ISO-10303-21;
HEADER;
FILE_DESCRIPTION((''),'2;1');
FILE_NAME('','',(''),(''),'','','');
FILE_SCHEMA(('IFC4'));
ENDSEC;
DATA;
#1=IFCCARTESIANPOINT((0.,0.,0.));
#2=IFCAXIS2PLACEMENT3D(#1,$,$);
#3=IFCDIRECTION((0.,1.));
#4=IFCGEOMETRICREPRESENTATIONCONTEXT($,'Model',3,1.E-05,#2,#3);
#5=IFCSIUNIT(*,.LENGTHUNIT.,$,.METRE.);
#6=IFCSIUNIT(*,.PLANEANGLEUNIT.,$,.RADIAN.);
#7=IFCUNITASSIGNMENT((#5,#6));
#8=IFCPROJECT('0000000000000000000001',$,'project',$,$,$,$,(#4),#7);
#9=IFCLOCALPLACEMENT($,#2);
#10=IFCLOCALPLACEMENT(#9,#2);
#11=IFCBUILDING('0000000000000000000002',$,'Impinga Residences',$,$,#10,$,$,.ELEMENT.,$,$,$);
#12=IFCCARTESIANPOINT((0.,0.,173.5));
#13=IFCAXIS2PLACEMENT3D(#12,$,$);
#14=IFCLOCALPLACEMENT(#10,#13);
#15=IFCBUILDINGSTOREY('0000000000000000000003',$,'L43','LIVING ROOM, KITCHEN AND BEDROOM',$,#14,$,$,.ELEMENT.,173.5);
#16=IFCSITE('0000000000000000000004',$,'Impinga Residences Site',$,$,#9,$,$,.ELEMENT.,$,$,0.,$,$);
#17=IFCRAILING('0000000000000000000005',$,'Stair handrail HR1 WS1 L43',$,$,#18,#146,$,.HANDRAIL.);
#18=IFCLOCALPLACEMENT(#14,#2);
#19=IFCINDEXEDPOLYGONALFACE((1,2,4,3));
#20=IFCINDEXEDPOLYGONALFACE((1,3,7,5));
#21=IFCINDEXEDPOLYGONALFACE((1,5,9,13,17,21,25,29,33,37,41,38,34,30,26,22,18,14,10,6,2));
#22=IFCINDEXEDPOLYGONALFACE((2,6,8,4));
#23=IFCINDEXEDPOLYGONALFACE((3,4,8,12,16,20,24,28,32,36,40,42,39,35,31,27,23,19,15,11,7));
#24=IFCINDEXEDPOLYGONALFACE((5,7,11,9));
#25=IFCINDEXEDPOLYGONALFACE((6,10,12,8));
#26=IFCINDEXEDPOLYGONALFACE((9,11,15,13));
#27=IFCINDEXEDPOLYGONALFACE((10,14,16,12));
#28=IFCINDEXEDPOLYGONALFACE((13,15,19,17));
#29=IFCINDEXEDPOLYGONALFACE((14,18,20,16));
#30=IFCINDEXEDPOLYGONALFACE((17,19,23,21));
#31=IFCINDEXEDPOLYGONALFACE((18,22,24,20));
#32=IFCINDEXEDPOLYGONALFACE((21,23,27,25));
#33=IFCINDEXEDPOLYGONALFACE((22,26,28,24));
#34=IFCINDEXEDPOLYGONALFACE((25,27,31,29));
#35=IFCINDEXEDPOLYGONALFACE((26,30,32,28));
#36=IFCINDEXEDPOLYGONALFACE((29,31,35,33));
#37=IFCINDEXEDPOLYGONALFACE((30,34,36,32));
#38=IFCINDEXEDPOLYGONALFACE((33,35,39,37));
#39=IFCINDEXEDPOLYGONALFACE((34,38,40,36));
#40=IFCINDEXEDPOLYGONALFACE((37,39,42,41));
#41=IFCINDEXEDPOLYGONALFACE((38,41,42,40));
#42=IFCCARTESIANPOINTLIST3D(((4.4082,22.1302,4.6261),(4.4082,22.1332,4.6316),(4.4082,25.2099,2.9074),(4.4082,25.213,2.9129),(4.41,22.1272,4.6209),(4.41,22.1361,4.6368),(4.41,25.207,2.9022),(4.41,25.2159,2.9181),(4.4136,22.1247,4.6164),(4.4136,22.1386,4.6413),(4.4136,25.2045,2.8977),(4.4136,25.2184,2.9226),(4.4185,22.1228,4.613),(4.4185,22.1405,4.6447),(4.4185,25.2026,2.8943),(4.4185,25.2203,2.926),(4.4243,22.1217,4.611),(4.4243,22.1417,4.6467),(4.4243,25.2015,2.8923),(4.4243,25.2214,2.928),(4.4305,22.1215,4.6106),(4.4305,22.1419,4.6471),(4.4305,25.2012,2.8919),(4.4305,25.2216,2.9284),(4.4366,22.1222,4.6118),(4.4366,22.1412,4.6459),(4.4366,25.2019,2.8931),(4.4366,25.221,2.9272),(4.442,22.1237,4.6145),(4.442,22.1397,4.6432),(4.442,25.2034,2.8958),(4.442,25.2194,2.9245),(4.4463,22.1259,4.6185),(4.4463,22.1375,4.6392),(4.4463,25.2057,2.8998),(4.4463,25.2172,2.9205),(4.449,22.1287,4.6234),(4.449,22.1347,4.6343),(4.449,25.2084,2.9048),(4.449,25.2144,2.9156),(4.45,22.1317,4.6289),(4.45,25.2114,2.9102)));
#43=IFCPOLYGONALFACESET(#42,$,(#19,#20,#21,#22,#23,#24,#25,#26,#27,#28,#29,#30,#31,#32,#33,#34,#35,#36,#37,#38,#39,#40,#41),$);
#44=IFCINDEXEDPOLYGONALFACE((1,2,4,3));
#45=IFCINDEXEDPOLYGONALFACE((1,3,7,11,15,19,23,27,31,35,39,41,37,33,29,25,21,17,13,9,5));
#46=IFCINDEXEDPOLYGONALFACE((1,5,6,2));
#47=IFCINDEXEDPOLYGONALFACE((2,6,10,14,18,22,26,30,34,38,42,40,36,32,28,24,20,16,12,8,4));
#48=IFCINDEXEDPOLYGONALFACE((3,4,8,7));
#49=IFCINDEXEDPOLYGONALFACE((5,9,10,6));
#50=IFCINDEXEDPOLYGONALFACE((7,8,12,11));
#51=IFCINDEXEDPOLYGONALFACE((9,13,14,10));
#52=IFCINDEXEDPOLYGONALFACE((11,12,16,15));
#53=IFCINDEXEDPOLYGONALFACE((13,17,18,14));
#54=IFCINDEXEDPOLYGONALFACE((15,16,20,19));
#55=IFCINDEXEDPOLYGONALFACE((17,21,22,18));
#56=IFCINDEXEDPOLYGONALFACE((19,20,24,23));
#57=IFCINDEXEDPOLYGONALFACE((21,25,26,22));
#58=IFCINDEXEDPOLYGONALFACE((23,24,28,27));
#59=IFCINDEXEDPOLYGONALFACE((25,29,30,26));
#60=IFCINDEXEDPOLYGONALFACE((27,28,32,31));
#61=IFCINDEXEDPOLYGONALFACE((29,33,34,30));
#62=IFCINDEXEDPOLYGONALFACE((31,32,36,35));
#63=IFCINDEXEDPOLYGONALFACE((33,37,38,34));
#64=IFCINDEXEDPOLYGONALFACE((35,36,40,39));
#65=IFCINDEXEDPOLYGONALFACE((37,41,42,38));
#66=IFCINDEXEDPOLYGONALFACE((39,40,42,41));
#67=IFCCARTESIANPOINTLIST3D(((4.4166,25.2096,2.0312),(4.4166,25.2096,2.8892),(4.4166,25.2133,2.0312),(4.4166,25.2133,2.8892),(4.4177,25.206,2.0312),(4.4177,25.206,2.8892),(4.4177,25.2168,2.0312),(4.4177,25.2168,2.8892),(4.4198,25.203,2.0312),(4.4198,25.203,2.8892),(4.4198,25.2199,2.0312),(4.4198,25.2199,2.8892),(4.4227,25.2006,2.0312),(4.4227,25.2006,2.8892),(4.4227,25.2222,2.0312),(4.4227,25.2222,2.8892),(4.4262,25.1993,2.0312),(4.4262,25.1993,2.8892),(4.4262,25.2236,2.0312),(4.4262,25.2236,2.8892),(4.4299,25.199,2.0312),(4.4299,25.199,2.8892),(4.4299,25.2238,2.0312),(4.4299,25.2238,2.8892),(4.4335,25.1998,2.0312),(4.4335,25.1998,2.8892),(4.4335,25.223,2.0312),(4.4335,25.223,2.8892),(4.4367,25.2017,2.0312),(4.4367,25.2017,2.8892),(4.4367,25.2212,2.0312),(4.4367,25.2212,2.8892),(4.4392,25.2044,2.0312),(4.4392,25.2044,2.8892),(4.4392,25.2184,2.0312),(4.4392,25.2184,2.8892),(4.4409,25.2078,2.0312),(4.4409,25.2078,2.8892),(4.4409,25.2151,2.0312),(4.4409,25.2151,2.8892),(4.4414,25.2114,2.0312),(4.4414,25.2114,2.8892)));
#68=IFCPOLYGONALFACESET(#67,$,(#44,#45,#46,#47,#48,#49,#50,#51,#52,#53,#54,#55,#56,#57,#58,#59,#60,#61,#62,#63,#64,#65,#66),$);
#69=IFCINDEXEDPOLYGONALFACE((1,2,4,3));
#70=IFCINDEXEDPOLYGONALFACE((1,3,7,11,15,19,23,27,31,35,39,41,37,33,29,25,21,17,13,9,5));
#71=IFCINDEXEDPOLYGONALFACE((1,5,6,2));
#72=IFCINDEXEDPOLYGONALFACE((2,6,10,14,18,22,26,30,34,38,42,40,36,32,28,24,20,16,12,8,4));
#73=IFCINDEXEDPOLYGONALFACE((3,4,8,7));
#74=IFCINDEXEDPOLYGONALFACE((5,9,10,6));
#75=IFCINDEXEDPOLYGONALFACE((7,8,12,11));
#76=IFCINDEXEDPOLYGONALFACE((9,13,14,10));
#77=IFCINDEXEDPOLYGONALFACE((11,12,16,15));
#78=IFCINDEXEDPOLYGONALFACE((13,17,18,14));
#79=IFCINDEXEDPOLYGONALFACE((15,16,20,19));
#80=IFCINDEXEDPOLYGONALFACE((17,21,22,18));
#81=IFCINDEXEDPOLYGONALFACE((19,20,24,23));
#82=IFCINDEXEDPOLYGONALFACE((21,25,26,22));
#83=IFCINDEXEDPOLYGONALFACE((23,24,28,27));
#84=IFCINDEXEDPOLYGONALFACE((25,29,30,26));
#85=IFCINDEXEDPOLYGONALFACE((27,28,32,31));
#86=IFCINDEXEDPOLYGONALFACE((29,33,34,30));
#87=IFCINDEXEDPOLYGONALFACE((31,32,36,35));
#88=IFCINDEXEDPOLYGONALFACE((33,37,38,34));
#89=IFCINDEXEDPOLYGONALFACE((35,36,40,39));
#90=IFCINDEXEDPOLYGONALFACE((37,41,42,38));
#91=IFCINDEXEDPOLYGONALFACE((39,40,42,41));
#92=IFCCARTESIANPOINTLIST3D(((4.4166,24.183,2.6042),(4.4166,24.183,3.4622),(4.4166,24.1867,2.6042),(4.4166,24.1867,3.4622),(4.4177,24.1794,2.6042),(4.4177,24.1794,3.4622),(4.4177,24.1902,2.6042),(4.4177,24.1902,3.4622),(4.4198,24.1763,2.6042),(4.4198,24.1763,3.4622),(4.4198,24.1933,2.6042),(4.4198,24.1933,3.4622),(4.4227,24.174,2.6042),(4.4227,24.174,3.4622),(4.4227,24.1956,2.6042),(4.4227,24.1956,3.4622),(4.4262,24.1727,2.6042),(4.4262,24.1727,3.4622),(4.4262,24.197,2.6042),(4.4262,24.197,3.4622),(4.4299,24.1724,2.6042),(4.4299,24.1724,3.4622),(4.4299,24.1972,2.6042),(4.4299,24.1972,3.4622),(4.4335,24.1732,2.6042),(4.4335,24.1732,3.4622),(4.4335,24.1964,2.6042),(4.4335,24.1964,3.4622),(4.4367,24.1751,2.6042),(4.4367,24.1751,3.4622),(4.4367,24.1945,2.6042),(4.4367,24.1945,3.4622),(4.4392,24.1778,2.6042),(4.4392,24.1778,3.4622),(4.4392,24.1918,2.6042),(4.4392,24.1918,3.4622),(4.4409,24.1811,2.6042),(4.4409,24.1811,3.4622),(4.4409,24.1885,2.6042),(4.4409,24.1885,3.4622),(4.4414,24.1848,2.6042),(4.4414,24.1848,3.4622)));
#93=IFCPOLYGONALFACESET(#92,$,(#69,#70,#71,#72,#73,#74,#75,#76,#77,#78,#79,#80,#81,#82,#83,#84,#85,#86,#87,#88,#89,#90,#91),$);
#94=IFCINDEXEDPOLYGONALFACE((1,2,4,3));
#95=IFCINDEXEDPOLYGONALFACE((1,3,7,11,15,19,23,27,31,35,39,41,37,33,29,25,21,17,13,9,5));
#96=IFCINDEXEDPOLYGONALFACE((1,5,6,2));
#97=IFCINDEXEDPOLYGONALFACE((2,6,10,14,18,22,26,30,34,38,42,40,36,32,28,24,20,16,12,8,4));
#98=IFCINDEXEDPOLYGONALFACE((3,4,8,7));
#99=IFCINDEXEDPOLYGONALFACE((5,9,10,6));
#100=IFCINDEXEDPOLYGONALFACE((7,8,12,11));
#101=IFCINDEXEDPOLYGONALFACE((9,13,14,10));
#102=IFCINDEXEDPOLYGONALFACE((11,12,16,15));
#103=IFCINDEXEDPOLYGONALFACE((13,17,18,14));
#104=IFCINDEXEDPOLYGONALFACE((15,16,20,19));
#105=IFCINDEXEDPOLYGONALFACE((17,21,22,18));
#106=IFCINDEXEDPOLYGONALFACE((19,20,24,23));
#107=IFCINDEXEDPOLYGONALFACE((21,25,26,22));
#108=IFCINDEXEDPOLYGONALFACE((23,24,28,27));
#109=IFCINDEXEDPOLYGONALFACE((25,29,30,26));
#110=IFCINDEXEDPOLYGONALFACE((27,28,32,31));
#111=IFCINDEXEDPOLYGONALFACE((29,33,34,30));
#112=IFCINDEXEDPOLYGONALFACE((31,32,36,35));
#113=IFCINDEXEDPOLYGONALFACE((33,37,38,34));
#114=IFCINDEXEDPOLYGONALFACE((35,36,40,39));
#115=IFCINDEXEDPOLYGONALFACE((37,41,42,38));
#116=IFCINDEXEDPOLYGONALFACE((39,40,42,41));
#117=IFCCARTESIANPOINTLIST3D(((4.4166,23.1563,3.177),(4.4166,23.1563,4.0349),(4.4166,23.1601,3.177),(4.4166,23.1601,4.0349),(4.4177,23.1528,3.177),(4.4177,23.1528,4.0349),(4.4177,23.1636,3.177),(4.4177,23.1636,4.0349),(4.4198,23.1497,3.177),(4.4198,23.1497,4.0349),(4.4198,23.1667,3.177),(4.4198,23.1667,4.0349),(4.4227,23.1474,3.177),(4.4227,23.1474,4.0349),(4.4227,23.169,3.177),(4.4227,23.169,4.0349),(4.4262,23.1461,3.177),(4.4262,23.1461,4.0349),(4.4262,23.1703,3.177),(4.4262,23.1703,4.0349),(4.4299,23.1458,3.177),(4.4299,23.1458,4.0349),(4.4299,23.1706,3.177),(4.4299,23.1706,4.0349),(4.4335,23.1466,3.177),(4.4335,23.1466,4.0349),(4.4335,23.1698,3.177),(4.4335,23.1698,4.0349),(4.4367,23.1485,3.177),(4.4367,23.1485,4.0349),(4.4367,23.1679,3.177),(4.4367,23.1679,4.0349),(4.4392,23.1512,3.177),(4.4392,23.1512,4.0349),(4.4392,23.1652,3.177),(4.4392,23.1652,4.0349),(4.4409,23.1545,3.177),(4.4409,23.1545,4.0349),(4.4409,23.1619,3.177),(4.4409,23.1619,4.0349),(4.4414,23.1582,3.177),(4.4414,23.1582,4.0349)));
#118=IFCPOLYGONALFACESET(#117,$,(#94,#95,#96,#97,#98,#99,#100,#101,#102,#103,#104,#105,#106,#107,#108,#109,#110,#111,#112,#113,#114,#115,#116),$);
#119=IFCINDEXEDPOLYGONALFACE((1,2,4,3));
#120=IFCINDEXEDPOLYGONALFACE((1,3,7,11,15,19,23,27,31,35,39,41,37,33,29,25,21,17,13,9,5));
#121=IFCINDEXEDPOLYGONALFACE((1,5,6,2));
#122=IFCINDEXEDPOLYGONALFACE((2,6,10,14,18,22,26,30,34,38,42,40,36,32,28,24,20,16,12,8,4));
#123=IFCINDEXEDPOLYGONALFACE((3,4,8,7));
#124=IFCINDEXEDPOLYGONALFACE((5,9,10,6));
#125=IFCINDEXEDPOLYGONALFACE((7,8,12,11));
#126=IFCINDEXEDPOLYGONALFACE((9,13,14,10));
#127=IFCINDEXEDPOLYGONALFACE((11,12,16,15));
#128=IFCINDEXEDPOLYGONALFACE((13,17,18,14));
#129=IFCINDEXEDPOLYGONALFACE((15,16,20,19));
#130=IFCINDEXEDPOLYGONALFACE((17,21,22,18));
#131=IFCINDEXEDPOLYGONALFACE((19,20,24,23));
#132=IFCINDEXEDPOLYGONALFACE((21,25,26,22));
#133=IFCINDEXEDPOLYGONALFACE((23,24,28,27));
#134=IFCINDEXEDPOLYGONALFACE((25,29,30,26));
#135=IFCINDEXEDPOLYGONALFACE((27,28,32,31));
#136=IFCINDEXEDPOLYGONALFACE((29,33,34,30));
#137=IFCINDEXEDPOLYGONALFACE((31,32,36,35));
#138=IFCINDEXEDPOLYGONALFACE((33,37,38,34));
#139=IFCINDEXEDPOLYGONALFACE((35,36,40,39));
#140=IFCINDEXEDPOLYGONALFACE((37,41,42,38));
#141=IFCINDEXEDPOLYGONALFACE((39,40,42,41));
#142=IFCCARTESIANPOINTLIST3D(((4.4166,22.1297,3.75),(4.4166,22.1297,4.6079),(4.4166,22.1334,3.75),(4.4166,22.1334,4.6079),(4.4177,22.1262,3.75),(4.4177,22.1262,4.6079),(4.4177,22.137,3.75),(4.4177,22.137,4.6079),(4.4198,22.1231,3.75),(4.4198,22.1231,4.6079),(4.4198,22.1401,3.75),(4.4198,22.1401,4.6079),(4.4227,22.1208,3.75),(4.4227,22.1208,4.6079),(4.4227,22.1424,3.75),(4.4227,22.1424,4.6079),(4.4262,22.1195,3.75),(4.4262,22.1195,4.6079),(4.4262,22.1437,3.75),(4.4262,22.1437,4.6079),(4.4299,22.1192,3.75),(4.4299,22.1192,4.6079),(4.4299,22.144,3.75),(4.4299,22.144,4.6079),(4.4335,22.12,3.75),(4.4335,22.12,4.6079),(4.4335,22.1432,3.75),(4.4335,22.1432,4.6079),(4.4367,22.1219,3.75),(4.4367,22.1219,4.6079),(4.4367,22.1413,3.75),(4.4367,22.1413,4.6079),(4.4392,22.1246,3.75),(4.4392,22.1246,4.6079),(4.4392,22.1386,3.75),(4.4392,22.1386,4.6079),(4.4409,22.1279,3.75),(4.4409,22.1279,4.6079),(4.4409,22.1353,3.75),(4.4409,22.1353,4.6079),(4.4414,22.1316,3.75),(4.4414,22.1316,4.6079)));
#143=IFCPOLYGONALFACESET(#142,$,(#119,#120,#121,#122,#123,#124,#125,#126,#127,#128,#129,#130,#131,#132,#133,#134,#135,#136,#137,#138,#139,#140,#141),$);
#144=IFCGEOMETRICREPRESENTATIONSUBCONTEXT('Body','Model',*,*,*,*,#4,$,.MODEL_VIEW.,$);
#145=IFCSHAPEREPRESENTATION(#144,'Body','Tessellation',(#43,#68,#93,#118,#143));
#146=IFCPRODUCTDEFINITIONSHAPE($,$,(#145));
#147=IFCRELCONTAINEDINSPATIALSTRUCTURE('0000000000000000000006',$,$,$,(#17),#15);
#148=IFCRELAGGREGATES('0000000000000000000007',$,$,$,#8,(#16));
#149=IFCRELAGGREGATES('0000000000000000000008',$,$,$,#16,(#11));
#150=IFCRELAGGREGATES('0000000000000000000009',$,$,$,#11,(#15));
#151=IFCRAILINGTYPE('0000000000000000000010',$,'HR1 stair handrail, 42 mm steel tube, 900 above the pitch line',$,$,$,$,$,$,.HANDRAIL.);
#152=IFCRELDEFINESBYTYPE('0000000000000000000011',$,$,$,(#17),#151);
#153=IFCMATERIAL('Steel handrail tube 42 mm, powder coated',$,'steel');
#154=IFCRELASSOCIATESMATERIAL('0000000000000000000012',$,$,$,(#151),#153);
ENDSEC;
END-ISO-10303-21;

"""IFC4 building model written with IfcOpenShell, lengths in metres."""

from ifc_helpers import new_model, si_unit, direction, frame, origin, origin_2d, place, context, subcontext, project, spatial, circle, extrude, material, type_object, element, save


model = new_model("IFC4")

# Units and contexts
model_context = context("Model", 3, precision=1e-05, world=origin(), true_north=direction((0.0, 1.0)))
body_context = subcontext(model_context, "Body", "Model", "MODEL_VIEW")
ifc_project = project(units=[si_unit("LENGTHUNIT", "METRE"), si_unit("PLANEANGLEUNIT", "RADIAN")], contexts=[model_context])

# Site, building, storey
site_placement = place(None, origin())
site = spatial("IfcSite", under=ifc_project, at=site_placement, Name="Impinga Residences Site", CompositionType="ELEMENT", RefElevation=0.0)
building_placement = place(site_placement, origin())
building = spatial("IfcBuilding", under=site, at=building_placement, Name="Impinga Residences", CompositionType="ELEMENT")
storey_placement = place(building_placement, frame((0.0, 0.0, 173.5)))
storey = spatial("IfcBuildingStorey", under=building, at=storey_placement, Name="L43", Description="LIVING ROOM, KITCHEN AND BEDROOM", CompositionType="ELEMENT", Elevation=173.5)

# Railing
ifc_material_1 = material(Name="Steel handrail tube 42 mm, powder coated", Category="steel")
railing_type_1 = type_object("IfcRailingType", Name="HR1 stair handrail, 42 mm steel tube, 900 above the pitch line", PredefinedType="HANDRAIL", material=ifc_material_1)
railing_1_placement = place(storey_placement, frame((4.429, 25.2114, 2.0312)))
element("IfcRailing", 1, at=railing_1_placement, inside=storey, type_object=railing_type_1, Name="Stair handrail HR1 WS1 L43", PredefinedType="HANDRAIL", context=body_context, shape_type="SweptSolid", body=[
    extrude(circle(Radius=0.021, at=origin_2d()), frame((0.0, 0.0, 0.8789), z_axis=(0.0, -0.873225, 0.487317), x_axis=(1.0, 0.0, 0.0)), (0.0, 0.0, 1.0), 3.5269),
    extrude(circle(Radius=0.0125, at=origin_2d()), origin(), (0.0, 0.0, 1.0), 0.8579),
    extrude(circle(Radius=0.0125, at=origin_2d()), frame((0.0, -1.0266, 0.573)), (0.0, 0.0, 1.0), 0.8579),
    extrude(circle(Radius=0.0125, at=origin_2d()), frame((0.0, -2.0532, 1.1458)), (0.0, 0.0, 1.0), 0.8579),
    extrude(circle(Radius=0.0125, at=origin_2d()), frame((0.0, -3.0798, 1.7188)), (0.0, 0.0, 1.0), 0.8579),
])

save(model, "model.ifc")
